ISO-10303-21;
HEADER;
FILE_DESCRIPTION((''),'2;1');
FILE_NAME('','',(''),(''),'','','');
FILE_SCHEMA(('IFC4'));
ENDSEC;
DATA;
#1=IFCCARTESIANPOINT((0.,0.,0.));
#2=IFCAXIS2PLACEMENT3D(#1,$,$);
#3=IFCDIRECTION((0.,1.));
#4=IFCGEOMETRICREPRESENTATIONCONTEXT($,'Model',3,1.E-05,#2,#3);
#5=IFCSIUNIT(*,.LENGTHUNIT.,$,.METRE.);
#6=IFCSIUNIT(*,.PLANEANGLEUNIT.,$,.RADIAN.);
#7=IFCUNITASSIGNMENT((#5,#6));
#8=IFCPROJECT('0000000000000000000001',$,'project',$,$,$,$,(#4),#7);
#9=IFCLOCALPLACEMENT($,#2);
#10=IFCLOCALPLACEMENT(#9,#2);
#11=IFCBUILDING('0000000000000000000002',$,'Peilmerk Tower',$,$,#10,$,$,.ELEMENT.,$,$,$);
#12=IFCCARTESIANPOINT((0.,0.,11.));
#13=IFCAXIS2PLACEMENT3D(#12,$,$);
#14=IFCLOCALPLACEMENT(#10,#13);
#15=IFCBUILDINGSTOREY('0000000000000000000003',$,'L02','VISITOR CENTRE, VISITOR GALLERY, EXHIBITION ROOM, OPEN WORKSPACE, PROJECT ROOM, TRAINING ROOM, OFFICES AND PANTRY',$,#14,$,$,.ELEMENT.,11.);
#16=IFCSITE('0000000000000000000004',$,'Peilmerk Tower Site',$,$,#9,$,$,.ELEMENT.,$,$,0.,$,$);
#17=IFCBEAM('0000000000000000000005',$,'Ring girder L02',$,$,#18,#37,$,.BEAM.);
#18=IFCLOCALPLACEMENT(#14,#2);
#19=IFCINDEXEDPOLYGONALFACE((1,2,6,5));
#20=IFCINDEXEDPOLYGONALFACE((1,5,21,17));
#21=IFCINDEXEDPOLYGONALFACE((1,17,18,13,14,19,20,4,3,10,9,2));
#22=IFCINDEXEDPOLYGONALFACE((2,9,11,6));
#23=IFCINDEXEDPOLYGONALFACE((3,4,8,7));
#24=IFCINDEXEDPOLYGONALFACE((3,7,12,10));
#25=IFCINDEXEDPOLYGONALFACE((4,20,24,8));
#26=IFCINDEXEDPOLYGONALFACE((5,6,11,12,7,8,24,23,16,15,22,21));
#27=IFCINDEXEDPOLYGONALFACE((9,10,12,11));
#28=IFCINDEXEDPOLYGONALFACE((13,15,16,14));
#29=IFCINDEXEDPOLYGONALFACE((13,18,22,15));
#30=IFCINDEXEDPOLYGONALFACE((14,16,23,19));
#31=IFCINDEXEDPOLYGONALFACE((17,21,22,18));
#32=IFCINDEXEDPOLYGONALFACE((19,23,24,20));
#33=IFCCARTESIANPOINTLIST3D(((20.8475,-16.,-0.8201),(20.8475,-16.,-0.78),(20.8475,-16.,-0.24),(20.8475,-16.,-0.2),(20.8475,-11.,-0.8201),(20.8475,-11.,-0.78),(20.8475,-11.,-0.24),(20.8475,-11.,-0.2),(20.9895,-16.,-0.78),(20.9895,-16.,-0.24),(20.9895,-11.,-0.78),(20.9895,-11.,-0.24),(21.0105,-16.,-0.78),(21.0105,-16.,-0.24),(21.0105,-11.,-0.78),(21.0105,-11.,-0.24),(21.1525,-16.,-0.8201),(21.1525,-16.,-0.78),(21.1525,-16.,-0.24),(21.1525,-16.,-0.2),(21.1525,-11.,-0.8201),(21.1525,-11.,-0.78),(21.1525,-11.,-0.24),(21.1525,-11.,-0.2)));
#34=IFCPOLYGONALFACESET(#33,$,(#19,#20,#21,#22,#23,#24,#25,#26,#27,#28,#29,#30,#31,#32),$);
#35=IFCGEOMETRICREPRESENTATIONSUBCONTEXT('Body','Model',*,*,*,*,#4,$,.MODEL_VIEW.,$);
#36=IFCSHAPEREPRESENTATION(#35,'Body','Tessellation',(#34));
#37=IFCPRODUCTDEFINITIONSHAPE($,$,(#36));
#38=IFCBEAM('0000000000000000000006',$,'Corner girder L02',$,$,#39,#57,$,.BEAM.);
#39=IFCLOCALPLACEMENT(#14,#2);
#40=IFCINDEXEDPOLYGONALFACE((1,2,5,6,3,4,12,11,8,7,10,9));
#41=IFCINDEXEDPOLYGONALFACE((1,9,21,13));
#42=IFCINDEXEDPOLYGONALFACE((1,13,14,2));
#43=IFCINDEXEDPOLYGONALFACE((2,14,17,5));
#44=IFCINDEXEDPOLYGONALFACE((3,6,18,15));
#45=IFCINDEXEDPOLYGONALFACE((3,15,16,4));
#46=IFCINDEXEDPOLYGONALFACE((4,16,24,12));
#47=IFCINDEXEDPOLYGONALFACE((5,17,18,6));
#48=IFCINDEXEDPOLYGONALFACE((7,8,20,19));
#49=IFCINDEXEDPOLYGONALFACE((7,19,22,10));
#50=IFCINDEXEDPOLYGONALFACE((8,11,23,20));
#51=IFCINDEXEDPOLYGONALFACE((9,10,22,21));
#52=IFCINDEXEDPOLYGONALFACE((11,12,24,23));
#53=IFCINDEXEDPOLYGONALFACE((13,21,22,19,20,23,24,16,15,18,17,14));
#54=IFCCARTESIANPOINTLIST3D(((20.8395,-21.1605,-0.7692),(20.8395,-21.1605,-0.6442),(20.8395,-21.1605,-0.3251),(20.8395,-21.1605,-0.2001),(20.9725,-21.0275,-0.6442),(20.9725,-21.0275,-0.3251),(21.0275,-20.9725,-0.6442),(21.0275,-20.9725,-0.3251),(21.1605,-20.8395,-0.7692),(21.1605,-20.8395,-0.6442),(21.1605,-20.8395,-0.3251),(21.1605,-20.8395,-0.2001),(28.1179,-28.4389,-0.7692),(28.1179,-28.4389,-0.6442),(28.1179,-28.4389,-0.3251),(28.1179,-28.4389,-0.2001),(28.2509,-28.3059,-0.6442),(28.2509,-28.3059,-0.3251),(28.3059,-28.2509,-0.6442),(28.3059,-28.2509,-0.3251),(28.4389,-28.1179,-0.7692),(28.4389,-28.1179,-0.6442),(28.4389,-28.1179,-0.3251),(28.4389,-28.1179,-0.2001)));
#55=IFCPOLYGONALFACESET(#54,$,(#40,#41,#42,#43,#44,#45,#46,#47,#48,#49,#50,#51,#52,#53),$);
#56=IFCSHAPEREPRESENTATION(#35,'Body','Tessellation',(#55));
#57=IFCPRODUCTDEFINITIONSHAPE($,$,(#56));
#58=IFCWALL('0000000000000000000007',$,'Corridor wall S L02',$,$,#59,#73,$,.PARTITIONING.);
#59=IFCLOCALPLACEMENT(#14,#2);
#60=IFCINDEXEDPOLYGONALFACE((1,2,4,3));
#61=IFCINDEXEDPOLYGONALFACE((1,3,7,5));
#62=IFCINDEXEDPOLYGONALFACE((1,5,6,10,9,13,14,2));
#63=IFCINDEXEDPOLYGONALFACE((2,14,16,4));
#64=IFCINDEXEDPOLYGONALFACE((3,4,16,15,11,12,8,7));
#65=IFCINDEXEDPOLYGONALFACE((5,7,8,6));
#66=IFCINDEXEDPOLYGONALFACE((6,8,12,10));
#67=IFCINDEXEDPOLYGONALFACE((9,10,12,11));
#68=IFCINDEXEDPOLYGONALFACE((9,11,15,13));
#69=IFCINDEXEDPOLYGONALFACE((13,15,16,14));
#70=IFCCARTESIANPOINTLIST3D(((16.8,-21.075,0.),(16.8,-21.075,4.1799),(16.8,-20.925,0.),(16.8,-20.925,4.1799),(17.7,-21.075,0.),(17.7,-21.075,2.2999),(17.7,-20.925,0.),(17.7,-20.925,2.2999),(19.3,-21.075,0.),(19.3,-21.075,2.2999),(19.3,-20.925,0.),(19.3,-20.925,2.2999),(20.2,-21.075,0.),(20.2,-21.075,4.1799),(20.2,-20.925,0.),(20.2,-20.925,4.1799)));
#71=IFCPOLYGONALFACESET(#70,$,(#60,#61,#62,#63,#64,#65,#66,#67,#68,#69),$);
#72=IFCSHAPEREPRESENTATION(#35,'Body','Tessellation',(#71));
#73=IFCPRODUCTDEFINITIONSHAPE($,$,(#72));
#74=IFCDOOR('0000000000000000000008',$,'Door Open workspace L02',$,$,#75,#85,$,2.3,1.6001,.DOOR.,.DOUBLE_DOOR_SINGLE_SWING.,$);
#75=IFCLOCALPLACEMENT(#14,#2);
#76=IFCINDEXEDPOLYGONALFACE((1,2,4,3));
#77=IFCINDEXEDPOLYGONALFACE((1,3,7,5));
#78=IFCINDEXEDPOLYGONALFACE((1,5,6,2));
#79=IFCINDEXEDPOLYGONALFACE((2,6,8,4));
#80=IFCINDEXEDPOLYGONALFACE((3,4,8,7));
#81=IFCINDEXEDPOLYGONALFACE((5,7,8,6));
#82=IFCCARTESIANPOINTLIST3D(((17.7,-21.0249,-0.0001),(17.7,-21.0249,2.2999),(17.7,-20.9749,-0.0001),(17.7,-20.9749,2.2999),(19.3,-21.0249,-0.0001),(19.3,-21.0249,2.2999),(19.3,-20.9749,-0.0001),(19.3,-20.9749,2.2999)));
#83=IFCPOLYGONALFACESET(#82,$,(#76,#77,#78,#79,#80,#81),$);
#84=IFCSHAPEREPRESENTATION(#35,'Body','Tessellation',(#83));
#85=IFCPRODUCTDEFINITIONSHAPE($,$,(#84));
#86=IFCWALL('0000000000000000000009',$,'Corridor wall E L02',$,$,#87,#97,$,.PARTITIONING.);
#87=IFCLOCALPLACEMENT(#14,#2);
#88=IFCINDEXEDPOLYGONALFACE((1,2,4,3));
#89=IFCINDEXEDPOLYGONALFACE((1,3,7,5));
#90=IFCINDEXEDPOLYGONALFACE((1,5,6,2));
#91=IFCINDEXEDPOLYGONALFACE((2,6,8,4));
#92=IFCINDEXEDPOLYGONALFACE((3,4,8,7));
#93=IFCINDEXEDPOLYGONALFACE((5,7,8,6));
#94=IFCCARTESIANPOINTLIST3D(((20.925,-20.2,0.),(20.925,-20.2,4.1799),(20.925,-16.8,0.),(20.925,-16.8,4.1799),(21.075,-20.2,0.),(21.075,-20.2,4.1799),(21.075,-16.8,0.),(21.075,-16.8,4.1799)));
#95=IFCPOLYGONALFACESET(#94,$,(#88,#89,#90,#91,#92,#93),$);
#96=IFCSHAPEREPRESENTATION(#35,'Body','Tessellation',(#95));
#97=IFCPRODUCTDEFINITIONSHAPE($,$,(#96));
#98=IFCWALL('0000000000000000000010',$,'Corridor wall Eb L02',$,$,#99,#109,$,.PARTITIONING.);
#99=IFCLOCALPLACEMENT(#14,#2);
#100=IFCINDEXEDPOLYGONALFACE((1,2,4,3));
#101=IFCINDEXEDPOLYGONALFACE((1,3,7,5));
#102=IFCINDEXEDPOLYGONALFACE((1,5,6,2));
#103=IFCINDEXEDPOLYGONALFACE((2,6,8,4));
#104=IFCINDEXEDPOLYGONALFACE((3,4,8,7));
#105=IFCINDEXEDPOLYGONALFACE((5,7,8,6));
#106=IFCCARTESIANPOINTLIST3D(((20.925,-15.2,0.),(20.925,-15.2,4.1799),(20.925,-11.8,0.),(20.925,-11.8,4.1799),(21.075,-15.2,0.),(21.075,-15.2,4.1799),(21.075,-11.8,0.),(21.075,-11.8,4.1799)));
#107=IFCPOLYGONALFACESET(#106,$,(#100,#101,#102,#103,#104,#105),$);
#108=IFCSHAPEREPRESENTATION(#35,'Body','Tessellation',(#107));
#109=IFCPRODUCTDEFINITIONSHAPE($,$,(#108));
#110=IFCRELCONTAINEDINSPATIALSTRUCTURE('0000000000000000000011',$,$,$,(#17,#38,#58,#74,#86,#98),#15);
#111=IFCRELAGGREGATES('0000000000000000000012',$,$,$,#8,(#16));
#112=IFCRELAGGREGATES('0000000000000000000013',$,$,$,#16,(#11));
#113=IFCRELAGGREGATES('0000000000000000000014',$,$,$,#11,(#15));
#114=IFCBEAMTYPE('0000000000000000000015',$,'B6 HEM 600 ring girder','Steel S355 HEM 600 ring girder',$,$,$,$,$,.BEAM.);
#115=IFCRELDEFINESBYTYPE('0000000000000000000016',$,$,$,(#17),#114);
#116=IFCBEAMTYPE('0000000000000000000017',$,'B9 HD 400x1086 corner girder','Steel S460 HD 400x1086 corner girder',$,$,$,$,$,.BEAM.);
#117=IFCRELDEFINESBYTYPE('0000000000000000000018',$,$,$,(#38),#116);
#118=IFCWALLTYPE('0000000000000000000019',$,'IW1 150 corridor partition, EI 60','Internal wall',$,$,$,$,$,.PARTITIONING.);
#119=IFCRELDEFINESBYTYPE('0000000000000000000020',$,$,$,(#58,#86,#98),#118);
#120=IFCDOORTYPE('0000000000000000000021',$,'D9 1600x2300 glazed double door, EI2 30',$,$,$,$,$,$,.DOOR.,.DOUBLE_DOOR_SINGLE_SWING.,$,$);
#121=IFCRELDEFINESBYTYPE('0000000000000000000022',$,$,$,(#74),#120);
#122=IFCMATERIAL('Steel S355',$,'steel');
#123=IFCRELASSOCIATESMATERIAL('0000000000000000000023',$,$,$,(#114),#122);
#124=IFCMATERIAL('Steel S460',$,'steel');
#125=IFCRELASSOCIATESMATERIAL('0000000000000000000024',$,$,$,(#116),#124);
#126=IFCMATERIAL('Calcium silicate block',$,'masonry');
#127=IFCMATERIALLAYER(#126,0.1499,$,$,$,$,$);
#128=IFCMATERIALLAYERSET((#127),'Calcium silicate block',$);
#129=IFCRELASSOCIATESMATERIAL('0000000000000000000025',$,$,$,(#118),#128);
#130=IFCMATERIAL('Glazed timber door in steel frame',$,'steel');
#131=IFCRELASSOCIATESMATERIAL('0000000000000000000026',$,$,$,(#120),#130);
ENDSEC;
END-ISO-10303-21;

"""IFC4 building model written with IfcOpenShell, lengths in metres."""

from ifc_helpers import new_model, si_unit, direction, frame, frame_2d, origin, origin_2d, place, context, subcontext, project, spatial, rectangle, i_section, extrude, material, layer, layer_set, material_profile, profile_set, type_object, element, fill, save


model = new_model("IFC4")

# Units and contexts
model_context = context("Model", 3, precision=1e-05, world=origin(), true_north=direction((0.0, 1.0)))
body_context = subcontext(model_context, "Body", "Model", "MODEL_VIEW")
ifc_project = project(units=[si_unit("LENGTHUNIT", "METRE"), si_unit("PLANEANGLEUNIT", "RADIAN")], contexts=[model_context])

# Site, building, storey
site_placement = place(None, origin())
site = spatial("IfcSite", under=ifc_project, at=site_placement, Name="Peilmerk Tower Site", CompositionType="ELEMENT", RefElevation=0.0)
building_placement = place(site_placement, origin())
building = spatial("IfcBuilding", under=site, at=building_placement, Name="Peilmerk Tower", CompositionType="ELEMENT")
storey_placement = place(building_placement, frame((0.0, 0.0, 11.0)))
storey = spatial("IfcBuildingStorey", under=building, at=storey_placement, Name="L02", Description="VISITOR CENTRE, VISITOR GALLERY, EXHIBITION ROOM, OPEN WORKSPACE, PROJECT ROOM, TRAINING ROOM, OFFICES AND PANTRY", CompositionType="ELEMENT", Elevation=11.0)

# Beams
ifc_material_1 = material(Name="Steel S355", Category="steel")
ifc_material_profile_1 = material_profile(ifc_material_1, i_section(OverallWidth=0.3049, OverallDepth=0.6201, WebThickness=0.021, FlangeThickness=0.04, at=origin_2d()), Name="HEM 600")
ifc_profile_set_1 = profile_set([ifc_material_profile_1], Name="Steel S355")
beam_type_1 = type_object("IfcBeamType", Name="B6 HEM 600 ring girder", Description="Steel S355 HEM 600 ring girder", PredefinedType="BEAM", material=ifc_profile_set_1)
for number, where, z_axis, x_axis, name in (
    (1, (21.0, -16.0, -0.51), (0.0, 1.0, 0.0), (-1.0, 0.0, 0.0), "Ring girder L02"),
):
    element("IfcBeam", number, at=place(storey_placement, frame(where, z_axis=z_axis, x_axis=x_axis)), inside=storey, type_object=beam_type_1, Name=name, PredefinedType="BEAM", context=body_context, shape_type="SweptSolid", body=[
        extrude(i_section(OverallWidth=0.3049, OverallDepth=0.6201, WebThickness=0.021, FlangeThickness=0.04, at=origin_2d()), origin(), (0.0, 0.0, 1.0), 5.0),
    ])
ifc_material_2 = material(Name="Steel S460", Category="steel")
ifc_material_profile_2 = material_profile(ifc_material_2, i_section(OverallWidth=0.4541, OverallDepth=0.5691, WebThickness=0.0779, FlangeThickness=0.125, at=origin_2d()), Name="HD 400x1086")
ifc_profile_set_2 = profile_set([ifc_material_profile_2], Name="Steel S460")
beam_type_2 = type_object("IfcBeamType", Name="B9 HD 400x1086 corner girder", Description="Steel S460 HD 400x1086 corner girder", PredefinedType="BEAM", material=ifc_profile_set_2)
beam_1_placement = place(storey_placement, frame((21.0, -21.0, -0.4846), z_axis=(0.707107, -0.707107, 0.0), x_axis=(0.707107, 0.707107, 0.0)))
element("IfcBeam", 2, at=beam_1_placement, inside=storey, type_object=beam_type_2, Name="Corner girder L02", PredefinedType="BEAM", context=body_context, shape_type="SweptSolid", body=[
    extrude(i_section(OverallWidth=0.4541, OverallDepth=0.5691, WebThickness=0.0779, FlangeThickness=0.125, at=origin_2d()), origin(), (0.0, 0.0, 1.0), 10.2932),
])

# Wall, opening, door
ifc_material_3 = material(Name="Calcium silicate block", Category="masonry")
ifc_layer = layer(ifc_material_3, 0.1499)
ifc_layer_set = layer_set([ifc_layer], Name="Calcium silicate block")
wall_type = type_object("IfcWallType", Name="IW1 150 corridor partition, EI 60", Description="Internal wall", PredefinedType="PARTITIONING", material=ifc_layer_set)
wall_placement = place(storey_placement, frame((20.2, -21.0, 0.0), z_axis=(0.0, 0.0, 1.0), x_axis=(-1.0, 0.0, 0.0)))
wall = element("IfcWall", 3, at=wall_placement, inside=storey, type_object=wall_type, Name="Corridor wall S L02", PredefinedType="PARTITIONING", context=body_context, shape_type="SweptSolid", body=[
    extrude(rectangle(XDim=3.3999, YDim=0.1499, at=frame_2d((1.7, 0.0))), origin(), (0.0, 0.0, 1.0), 4.1799),
])
opening_placement = place(wall_placement, frame((0.8999, 0.0, 0.0)))
opening = element("IfcOpeningElement", 4, at=opening_placement, cuts=wall, PredefinedType="OPENING", context=body_context, shape_type="SweptSolid", body=[
    extrude(rectangle(XDim=1.6001, YDim=2.3, at=frame_2d((0.8, 1.1499))), frame((0.0, 0.085, 0.0), z_axis=(0.0, -1.0, 0.0), x_axis=(1.0, 0.0, 0.0)), (0.0, 0.0, 1.0), 0.1699),
])
ifc_material_4 = material(Name="Glazed timber door in steel frame", Category="steel")
door_type = type_object("IfcDoorType", Name="D9 1600x2300 glazed double door, EI2 30", OperationType="DOUBLE_DOOR_SINGLE_SWING", PredefinedType="DOOR", material=ifc_material_4)
door_placement = place(opening_placement, origin())
door = element("IfcDoor", 5, at=door_placement, inside=storey, type_object=door_type, Name="Door Open workspace L02", OperationType="DOUBLE_DOOR_SINGLE_SWING", OverallHeight=2.3, OverallWidth=1.6001, PredefinedType="DOOR", context=body_context, shape_type="SweptSolid", body=[
    extrude(rectangle(XDim=1.6001, YDim=2.3, at=frame_2d((0.8, 1.1499))), frame((0.0, 0.0249, 0.0), z_axis=(0.0, -1.0, 0.0), x_axis=(1.0, 0.0, 0.0)), (0.0, 0.0, 1.0), 0.05),
])
fill(opening, door)

# Walls
for number, where, z_axis, x_axis, name in (
    (6, (21.0, -20.2, 0.0), (0.0, 0.0, 1.0), (0.0, 1.0, 0.0), "Corridor wall E L02"),
    (7, (21.0, -15.2, 0.0), (0.0, 0.0, 1.0), (0.0, 1.0, 0.0), "Corridor wall Eb L02"),
):
    element("IfcWall", number, at=place(storey_placement, frame(where, z_axis=z_axis, x_axis=x_axis)), inside=storey, type_object=wall_type, Name=name, PredefinedType="PARTITIONING", context=body_context, shape_type="SweptSolid", body=[
        extrude(rectangle(XDim=3.3999, YDim=0.1499, at=frame_2d((1.7, 0.0))), origin(), (0.0, 0.0, 1.0), 4.1799),
    ])

save(model, "model.ifc")
